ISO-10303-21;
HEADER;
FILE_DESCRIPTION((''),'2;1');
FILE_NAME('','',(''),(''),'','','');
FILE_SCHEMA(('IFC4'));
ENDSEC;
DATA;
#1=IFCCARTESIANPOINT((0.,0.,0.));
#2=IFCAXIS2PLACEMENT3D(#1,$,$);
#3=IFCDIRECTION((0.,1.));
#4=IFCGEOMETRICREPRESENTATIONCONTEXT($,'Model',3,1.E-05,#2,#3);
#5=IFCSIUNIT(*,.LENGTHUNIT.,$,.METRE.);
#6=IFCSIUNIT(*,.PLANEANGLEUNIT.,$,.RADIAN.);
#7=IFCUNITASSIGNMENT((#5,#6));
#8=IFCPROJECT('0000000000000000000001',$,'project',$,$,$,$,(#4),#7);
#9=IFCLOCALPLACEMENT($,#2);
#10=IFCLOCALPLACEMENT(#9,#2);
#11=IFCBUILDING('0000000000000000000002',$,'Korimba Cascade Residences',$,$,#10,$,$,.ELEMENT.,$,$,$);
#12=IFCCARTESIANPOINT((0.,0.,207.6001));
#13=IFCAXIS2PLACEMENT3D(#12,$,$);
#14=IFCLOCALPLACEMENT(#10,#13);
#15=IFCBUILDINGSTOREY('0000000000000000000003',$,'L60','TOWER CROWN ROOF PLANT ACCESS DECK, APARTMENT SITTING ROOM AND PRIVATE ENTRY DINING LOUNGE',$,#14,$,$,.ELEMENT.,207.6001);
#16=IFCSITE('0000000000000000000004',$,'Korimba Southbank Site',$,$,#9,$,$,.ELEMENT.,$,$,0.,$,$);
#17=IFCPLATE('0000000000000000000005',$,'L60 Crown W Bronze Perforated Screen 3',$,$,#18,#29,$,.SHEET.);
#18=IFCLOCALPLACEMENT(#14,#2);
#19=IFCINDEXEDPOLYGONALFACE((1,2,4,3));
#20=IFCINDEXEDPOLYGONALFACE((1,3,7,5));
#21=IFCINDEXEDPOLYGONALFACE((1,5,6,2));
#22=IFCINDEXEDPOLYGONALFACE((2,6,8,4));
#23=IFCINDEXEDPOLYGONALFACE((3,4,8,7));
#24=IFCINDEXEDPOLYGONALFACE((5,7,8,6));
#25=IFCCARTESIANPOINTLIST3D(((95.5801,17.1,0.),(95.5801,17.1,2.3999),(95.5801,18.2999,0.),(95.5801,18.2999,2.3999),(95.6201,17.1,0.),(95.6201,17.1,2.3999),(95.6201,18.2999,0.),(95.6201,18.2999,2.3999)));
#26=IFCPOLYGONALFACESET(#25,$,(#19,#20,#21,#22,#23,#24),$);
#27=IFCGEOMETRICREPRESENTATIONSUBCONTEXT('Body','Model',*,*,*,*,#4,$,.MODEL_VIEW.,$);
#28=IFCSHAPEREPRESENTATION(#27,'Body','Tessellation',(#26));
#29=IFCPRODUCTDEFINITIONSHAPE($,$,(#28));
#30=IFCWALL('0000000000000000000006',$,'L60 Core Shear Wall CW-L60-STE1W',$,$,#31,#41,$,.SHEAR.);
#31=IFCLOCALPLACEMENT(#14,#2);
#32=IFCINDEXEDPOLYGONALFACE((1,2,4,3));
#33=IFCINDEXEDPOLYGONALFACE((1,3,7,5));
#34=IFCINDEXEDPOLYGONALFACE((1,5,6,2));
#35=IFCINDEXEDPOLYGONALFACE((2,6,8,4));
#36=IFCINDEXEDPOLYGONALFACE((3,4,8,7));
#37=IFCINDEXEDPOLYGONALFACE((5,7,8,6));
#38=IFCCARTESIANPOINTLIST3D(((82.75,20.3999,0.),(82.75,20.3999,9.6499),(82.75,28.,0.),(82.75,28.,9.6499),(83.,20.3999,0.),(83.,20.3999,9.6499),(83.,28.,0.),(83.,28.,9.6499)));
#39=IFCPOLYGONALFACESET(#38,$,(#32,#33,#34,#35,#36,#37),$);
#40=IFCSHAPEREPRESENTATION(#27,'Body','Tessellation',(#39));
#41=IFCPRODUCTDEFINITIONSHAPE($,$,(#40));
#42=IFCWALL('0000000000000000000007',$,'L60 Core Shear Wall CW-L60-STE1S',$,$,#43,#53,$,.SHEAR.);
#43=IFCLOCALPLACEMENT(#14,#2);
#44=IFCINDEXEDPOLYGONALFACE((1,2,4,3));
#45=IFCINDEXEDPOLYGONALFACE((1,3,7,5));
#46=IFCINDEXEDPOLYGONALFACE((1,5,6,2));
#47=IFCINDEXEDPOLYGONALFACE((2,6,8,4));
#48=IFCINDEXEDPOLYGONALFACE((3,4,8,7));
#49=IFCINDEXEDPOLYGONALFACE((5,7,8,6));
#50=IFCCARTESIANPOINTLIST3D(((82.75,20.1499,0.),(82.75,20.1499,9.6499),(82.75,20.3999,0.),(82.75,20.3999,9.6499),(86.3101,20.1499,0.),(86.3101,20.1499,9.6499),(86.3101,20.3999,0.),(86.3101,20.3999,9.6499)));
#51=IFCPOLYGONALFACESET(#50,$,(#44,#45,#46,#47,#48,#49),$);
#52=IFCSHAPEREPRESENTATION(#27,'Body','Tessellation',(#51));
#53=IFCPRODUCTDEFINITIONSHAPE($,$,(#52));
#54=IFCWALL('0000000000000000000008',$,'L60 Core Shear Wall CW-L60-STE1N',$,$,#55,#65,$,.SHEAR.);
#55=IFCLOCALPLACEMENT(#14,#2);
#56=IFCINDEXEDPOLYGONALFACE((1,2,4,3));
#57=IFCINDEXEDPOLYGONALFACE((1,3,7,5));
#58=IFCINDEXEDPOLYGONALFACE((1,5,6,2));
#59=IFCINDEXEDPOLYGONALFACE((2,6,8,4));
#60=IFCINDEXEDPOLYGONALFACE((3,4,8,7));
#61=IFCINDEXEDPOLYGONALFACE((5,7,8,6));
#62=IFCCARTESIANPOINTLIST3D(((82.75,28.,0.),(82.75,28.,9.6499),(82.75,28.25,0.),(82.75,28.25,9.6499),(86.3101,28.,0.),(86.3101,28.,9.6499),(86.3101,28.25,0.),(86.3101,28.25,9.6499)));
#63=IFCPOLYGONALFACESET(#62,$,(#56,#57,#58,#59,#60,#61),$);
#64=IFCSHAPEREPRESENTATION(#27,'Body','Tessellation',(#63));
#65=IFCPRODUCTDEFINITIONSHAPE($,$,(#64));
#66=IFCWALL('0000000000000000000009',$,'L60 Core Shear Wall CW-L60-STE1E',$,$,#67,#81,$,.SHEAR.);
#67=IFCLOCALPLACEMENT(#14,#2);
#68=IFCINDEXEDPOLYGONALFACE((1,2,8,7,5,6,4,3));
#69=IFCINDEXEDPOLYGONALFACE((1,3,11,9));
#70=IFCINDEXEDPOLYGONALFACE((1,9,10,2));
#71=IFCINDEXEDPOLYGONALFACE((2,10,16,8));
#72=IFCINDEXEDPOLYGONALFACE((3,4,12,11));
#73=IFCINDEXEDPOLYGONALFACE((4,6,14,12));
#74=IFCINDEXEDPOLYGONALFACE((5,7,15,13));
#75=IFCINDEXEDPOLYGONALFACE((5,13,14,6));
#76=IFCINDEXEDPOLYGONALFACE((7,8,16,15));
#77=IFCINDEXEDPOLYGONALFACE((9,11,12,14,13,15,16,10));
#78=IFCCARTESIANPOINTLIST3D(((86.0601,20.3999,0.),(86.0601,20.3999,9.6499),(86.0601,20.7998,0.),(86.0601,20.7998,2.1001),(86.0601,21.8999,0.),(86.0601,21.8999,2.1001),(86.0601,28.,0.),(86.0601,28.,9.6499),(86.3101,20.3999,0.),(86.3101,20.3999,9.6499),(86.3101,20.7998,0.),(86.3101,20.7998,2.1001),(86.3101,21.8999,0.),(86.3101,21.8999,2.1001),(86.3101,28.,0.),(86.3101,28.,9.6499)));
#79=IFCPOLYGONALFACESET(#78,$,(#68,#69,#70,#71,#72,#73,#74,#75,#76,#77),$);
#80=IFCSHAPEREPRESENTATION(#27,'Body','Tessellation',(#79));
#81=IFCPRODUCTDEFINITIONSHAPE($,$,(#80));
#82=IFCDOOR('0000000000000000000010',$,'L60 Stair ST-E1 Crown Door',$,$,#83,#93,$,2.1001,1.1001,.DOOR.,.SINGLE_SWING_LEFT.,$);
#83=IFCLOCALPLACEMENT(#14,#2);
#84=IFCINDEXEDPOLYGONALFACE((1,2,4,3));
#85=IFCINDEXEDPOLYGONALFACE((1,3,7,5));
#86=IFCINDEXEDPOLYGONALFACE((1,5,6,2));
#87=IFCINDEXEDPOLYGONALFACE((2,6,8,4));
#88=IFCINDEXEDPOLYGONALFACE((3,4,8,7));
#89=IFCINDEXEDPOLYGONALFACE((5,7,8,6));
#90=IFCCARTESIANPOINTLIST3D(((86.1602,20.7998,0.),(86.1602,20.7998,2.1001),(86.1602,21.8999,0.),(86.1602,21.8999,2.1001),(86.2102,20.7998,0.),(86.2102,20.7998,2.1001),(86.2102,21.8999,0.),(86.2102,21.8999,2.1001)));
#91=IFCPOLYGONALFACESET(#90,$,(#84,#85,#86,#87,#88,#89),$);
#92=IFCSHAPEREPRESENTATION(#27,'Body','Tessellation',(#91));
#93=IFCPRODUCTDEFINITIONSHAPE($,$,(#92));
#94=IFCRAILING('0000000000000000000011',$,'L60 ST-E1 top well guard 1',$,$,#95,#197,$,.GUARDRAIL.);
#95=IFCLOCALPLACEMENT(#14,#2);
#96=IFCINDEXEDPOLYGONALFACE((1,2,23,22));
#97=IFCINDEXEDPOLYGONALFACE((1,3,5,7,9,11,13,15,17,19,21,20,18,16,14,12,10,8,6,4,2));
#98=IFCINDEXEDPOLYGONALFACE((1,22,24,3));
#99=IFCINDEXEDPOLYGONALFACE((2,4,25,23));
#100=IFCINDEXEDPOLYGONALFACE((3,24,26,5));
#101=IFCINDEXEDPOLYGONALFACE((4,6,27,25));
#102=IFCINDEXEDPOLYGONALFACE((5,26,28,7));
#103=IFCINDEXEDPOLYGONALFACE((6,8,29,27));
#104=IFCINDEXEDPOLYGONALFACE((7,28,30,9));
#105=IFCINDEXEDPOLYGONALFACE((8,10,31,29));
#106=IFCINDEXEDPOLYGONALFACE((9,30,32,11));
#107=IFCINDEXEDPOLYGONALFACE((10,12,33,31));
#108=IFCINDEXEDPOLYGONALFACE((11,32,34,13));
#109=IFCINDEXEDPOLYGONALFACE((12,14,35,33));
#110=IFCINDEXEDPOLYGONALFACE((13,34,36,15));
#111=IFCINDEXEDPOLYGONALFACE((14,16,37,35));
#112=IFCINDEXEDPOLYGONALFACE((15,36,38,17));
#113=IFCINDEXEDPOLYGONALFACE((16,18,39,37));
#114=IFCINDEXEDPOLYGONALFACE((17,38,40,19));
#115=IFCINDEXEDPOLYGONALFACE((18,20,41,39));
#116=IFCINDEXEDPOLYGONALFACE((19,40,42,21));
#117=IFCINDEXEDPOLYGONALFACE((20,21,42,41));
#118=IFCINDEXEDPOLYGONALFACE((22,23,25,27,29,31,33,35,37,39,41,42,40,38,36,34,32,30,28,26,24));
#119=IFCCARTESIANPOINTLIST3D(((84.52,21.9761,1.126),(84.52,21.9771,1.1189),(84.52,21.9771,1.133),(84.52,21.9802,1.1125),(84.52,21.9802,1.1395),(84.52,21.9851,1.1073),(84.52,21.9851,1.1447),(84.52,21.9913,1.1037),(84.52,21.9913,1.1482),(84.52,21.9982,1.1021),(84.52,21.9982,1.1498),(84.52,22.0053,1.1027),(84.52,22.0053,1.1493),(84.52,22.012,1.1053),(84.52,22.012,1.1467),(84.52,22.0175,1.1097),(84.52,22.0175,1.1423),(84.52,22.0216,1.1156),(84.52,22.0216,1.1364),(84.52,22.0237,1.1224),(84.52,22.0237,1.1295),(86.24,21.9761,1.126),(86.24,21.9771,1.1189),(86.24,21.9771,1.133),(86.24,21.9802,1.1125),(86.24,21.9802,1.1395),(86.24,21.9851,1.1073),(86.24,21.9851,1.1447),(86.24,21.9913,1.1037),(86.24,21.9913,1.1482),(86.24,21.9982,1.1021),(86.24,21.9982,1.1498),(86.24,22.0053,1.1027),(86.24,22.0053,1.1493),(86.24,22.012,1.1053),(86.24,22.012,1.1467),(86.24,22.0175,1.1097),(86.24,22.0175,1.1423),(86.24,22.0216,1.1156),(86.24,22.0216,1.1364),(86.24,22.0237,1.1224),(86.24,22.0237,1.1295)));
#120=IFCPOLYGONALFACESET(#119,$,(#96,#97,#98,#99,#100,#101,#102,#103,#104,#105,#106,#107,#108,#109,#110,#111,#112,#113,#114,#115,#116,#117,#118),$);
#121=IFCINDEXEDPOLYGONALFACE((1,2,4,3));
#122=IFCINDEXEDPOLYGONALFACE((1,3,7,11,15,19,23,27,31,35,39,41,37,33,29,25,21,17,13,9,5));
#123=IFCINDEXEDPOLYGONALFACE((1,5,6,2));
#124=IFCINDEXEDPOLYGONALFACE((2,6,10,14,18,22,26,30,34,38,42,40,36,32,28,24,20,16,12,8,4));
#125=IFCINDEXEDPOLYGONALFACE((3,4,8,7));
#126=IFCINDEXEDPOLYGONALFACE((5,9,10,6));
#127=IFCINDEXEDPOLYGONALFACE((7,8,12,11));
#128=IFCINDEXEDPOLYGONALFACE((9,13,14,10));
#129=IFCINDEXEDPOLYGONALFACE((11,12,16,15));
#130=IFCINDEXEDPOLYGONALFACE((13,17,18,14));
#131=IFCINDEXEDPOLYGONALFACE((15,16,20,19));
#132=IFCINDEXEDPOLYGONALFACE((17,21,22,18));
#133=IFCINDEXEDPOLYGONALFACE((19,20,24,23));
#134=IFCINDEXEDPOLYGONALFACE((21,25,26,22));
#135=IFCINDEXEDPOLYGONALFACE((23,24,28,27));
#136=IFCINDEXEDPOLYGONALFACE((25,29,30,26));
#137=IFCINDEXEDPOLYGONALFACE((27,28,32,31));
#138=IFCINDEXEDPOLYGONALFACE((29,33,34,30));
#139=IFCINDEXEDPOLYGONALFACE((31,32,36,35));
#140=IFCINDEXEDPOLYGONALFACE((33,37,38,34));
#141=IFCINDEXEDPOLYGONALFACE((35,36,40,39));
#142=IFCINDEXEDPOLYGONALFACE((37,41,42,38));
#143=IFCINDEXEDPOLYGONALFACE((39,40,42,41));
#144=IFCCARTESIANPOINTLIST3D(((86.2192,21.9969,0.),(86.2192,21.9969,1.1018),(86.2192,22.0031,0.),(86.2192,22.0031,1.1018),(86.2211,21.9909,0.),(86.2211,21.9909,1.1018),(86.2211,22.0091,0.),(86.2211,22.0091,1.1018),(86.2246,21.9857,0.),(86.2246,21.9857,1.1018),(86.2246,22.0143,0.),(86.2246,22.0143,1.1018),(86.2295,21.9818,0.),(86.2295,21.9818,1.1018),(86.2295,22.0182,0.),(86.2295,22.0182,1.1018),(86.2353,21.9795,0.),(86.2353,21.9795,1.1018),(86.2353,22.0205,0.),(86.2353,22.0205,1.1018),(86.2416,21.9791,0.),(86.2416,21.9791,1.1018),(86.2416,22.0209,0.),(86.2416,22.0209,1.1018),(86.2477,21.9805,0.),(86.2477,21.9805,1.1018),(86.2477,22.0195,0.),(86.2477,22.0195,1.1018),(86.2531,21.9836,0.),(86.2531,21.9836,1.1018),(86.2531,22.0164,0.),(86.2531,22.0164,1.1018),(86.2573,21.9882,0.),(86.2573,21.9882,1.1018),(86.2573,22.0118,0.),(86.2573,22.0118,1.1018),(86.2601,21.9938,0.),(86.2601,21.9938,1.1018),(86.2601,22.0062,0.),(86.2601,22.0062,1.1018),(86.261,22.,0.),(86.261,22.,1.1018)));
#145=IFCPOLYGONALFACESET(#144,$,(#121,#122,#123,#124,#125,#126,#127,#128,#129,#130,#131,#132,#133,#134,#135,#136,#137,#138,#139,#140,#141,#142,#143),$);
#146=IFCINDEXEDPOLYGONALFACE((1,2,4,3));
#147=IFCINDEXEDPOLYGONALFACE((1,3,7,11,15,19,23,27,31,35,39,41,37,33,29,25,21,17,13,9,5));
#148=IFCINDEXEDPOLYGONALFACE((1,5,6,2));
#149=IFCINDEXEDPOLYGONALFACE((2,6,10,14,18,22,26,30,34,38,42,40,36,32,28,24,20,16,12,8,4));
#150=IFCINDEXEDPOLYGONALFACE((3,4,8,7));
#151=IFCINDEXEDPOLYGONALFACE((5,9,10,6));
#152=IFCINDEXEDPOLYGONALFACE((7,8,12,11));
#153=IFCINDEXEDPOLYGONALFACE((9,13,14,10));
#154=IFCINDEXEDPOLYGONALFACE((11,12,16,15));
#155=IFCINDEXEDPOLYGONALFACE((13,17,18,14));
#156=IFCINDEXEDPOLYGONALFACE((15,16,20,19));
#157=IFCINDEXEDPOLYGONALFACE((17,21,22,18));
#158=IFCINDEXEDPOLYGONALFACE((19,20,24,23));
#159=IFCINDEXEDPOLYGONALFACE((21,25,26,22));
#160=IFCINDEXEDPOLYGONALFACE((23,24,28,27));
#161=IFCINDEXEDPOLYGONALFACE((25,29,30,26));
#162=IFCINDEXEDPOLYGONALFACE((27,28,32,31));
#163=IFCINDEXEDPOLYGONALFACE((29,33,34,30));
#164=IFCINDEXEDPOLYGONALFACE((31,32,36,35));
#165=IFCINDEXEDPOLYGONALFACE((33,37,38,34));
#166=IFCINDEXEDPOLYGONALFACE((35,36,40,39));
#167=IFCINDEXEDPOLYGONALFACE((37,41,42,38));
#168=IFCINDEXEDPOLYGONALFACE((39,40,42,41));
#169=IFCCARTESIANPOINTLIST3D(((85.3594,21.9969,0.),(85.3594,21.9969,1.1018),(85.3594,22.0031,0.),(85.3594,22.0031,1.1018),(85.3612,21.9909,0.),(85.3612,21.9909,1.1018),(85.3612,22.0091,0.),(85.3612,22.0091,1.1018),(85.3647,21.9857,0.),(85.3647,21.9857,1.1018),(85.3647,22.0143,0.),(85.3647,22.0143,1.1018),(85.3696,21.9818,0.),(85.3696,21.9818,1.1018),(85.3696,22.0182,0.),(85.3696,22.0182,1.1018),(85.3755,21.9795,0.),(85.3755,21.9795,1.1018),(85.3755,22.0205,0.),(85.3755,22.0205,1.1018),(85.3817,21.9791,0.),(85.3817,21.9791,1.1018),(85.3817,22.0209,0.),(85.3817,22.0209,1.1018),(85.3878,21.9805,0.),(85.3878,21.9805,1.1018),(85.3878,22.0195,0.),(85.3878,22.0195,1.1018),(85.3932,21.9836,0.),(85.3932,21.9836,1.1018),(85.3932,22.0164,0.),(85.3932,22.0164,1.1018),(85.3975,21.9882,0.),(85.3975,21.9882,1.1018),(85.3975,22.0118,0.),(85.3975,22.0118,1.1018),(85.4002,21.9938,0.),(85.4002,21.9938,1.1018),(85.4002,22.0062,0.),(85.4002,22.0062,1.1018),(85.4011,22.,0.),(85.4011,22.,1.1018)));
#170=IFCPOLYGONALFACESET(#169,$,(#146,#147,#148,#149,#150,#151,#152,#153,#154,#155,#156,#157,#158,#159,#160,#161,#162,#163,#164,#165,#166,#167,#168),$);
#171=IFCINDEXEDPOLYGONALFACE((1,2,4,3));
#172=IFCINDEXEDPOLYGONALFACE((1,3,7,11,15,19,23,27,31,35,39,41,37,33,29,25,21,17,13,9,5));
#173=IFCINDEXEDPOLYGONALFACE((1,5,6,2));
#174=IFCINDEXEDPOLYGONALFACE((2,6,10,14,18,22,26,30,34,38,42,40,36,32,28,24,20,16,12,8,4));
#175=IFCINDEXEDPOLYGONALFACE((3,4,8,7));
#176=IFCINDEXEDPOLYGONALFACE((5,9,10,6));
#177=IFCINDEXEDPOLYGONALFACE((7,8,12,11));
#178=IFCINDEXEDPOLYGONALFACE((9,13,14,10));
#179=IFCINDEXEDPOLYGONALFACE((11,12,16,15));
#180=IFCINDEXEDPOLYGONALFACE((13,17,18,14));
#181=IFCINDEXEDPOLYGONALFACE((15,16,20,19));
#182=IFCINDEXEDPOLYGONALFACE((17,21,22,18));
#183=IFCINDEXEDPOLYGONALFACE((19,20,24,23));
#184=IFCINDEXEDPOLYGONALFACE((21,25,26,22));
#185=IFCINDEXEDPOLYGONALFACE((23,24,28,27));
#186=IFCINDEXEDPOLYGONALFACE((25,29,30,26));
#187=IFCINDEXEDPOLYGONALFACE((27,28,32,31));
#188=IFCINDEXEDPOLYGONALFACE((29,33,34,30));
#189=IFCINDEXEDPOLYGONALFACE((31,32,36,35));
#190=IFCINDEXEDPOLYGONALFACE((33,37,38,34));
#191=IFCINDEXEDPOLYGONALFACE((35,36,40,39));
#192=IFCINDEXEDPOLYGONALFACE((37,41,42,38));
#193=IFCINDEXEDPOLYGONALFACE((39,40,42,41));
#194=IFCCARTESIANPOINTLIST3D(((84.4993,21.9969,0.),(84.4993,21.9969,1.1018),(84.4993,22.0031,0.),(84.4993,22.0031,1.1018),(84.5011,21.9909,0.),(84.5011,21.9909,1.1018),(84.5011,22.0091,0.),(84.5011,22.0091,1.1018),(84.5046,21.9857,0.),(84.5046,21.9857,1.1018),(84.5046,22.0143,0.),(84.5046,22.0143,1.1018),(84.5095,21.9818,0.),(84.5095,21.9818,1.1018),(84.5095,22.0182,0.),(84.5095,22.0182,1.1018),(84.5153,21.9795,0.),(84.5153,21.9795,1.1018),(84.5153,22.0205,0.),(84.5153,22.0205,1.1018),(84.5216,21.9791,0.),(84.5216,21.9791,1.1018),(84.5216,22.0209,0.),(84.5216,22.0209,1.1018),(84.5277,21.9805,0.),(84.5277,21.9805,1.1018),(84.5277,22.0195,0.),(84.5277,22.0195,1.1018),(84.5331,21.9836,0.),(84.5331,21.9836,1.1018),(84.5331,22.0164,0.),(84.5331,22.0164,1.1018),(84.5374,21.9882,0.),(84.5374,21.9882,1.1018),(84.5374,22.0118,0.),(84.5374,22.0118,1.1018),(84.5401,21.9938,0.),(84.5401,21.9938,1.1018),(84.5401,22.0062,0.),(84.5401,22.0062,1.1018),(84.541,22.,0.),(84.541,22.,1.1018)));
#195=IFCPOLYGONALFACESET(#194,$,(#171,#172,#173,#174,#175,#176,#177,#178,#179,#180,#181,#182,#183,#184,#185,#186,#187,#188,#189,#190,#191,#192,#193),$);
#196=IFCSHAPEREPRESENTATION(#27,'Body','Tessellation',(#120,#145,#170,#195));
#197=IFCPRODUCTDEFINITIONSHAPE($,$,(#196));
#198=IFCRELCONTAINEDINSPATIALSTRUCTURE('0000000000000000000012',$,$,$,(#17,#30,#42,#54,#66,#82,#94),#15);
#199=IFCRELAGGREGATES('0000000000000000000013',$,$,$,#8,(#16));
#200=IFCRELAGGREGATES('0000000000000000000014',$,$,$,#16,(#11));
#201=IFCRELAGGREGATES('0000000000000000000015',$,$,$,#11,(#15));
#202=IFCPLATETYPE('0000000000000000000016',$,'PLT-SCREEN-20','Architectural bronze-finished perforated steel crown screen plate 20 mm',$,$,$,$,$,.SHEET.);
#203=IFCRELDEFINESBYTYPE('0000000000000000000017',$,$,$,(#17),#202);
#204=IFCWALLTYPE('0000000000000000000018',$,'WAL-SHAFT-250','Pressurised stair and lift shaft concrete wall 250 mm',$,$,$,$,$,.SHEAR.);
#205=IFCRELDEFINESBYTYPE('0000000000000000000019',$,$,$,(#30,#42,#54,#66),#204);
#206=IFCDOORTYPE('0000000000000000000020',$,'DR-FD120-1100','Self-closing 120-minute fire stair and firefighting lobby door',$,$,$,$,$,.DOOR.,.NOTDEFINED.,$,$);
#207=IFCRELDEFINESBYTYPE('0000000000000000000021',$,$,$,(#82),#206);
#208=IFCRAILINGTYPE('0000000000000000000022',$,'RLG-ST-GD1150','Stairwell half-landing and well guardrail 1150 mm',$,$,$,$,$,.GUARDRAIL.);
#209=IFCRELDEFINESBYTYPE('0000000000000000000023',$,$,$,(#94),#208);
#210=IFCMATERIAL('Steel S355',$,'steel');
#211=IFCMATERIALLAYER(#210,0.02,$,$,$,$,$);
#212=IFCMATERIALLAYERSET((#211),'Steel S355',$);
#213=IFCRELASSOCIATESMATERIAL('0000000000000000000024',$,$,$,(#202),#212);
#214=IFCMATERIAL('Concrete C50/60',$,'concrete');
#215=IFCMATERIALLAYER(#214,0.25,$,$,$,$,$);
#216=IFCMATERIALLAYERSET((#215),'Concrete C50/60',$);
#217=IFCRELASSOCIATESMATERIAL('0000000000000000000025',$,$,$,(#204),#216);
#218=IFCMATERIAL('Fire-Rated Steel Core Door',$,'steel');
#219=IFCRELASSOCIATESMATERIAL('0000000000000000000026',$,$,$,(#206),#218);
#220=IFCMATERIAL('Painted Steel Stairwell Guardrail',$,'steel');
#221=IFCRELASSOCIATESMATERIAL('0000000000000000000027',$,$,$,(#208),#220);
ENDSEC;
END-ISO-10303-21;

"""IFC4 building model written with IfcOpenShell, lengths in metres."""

from ifc_helpers import new_model, si_unit, direction, frame, frame_2d, origin, origin_2d, place, context, subcontext, project, spatial, rectangle, circle, extrude, material, layer, layer_set, type_object, element, fill, save


model = new_model("IFC4")

# Units and contexts
model_context = context("Model", 3, precision=1e-05, world=origin(), true_north=direction((0.0, 1.0)))
body_context = subcontext(model_context, "Body", "Model", "MODEL_VIEW")
ifc_project = project(units=[si_unit("LENGTHUNIT", "METRE"), si_unit("PLANEANGLEUNIT", "RADIAN")], contexts=[model_context])

# Site, building, storey
site_placement = place(None, origin())
site = spatial("IfcSite", under=ifc_project, at=site_placement, Name="Korimba Southbank Site", CompositionType="ELEMENT", RefElevation=0.0)
building_placement = place(site_placement, origin())
building = spatial("IfcBuilding", under=site, at=building_placement, Name="Korimba Cascade Residences", CompositionType="ELEMENT")
storey_placement = place(building_placement, frame((0.0, 0.0, 207.6001)))
storey = spatial("IfcBuildingStorey", under=building, at=storey_placement, Name="L60", Description="TOWER CROWN ROOF PLANT ACCESS DECK, APARTMENT SITTING ROOM AND PRIVATE ENTRY DINING LOUNGE", CompositionType="ELEMENT", Elevation=207.6001)

# Shared definitions
ifc_material_1 = material(Name="Steel S355", Category="steel")

# Plate
ifc_layer_1 = layer(ifc_material_1, 0.02)
ifc_layer_set_1 = layer_set([ifc_layer_1], Name="Steel S355")
plate_type_1 = type_object("IfcPlateType", Name="PLT-SCREEN-20", Description="Architectural bronze-finished perforated steel crown screen plate 20 mm", PredefinedType="SHEET", material=ifc_layer_set_1)
plate_1_placement = place(storey_placement, frame((95.6001, 17.7, 0.0), z_axis=(0.0, 0.0, 1.0), x_axis=(1.0, 0.0, 0.0)))
element("IfcPlate", 1, at=plate_1_placement, inside=storey, type_object=plate_type_1, Name="L60 Crown W Bronze Perforated Screen 3", PredefinedType="SHEET", context=body_context, shape_type="SweptSolid", body=[
    extrude(rectangle(XDim=0.04, YDim=1.2, at=origin_2d()), origin(), (0.0, 0.0, 1.0), 2.3999),
])

# Walls
ifc_material_2 = material(Name="Concrete C50/60", Category="concrete")
ifc_layer_2 = layer(ifc_material_2, 0.25)
ifc_layer_set_2 = layer_set([ifc_layer_2], Name="Concrete C50/60")
wall_type = type_object("IfcWallType", Name="WAL-SHAFT-250", Description="Pressurised stair and lift shaft concrete wall 250 mm", PredefinedType="SHEAR", material=ifc_layer_set_2)
wall_1_placement = place(storey_placement, frame((82.875, 20.3999, 0.0), z_axis=(0.0, 0.0, 1.0), x_axis=(0.0, 1.0, 0.0)))
element("IfcWall", 2, at=wall_1_placement, inside=storey, type_object=wall_type, Name="L60 Core Shear Wall CW-L60-STE1W", PredefinedType="SHEAR", context=body_context, shape_type="SweptSolid", body=[
    extrude(rectangle(XDim=7.6001, YDim=0.25, at=frame_2d((3.8, 0.0))), origin(), (0.0, 0.0, 1.0), 9.6499),
])
for number, where, z_axis, x_axis, name in (
    (3, (82.75, 20.2749, 0.0), (0.0, 0.0, 1.0), (1.0, 0.0, 0.0), "L60 Core Shear Wall CW-L60-STE1S"),
    (4, (82.75, 28.125, 0.0), (0.0, 0.0, 1.0), (1.0, 0.0, 0.0), "L60 Core Shear Wall CW-L60-STE1N"),
):
    element("IfcWall", number, at=place(storey_placement, frame(where, z_axis=z_axis, x_axis=x_axis)), inside=storey, type_object=wall_type, Name=name, PredefinedType="SHEAR", context=body_context, shape_type="SweptSolid", body=[
        extrude(rectangle(XDim=3.5601, YDim=0.25, at=frame_2d((1.78, 0.0))), origin(), (0.0, 0.0, 1.0), 9.6499),
    ])

# Wall, opening, door
wall_2_placement = place(storey_placement, frame((86.1851, 20.3999, 0.0), z_axis=(0.0, 0.0, 1.0), x_axis=(0.0, 1.0, 0.0)))
wall_2 = element("IfcWall", 5, at=wall_2_placement, inside=storey, type_object=wall_type, Name="L60 Core Shear Wall CW-L60-STE1E", PredefinedType="SHEAR", context=body_context, shape_type="SweptSolid", body=[
    extrude(rectangle(XDim=7.6001, YDim=0.25, at=frame_2d((3.8, 0.0))), origin(), (0.0, 0.0, 1.0), 9.6499),
])
opening_placement = place(wall_2_placement, frame((0.3999, 0.0, 0.0)))
opening = element("IfcOpeningElement", 6, at=opening_placement, cuts=wall_2, PredefinedType="OPENING", context=body_context, shape_type="SweptSolid", body=[
    extrude(rectangle(XDim=1.1001, YDim=2.1001, at=frame_2d((0.55, 1.05))), frame((0.0, 0.135, 0.0), z_axis=(0.0, -1.0, 0.0), x_axis=(1.0, 0.0, 0.0)), (0.0, 0.0, 1.0), 0.27),
])
ifc_material_3 = material(Name="Fire-Rated Steel Core Door", Category="steel")
door_type = type_object("IfcDoorType", Name="DR-FD120-1100", Description="Self-closing 120-minute fire stair and firefighting lobby door", OperationType="NOTDEFINED", PredefinedType="DOOR", material=ifc_material_3)
door_placement = place(opening_placement, origin())
door = element("IfcDoor", 7, at=door_placement, inside=storey, type_object=door_type, Name="L60 Stair ST-E1 Crown Door", OperationType="SINGLE_SWING_LEFT", OverallHeight=2.1001, OverallWidth=1.1001, PredefinedType="DOOR", context=body_context, shape_type="SweptSolid", body=[
    extrude(rectangle(XDim=1.1001, YDim=2.1001, at=frame_2d((0.55, 1.05))), frame((0.0, 0.0249, 0.0), z_axis=(0.0, -1.0, 0.0), x_axis=(1.0, 0.0, 0.0)), (0.0, 0.0, 1.0), 0.05),
])
fill(opening, door)

# Railing
ifc_material_4 = material(Name="Painted Steel Stairwell Guardrail", Category="steel")
railing_type = type_object("IfcRailingType", Name="RLG-ST-GD1150", Description="Stairwell half-landing and well guardrail 1150 mm", PredefinedType="GUARDRAIL", material=ifc_material_4)
railing_placement = place(storey_placement, frame((86.24, 22.0, 0.0)))
element("IfcRailing", 8, at=railing_placement, inside=storey, type_object=railing_type, Name="L60 ST-E1 top well guard 1", PredefinedType="GUARDRAIL", context=body_context, shape_type="SweptSolid", body=[
    extrude(circle(Radius=0.0239, at=origin_2d()), frame((0.0, 0.0, 1.126), z_axis=(-1.0, 0.0, 0.0), x_axis=(0.0, -1.0, 0.0)), (0.0, 0.0, 1.0), 1.72),
    extrude(circle(Radius=0.021, at=origin_2d()), origin(), (0.0, 0.0, 1.0), 1.1018),
    extrude(circle(Radius=0.021, at=origin_2d()), frame((-0.8599, 0.0, 0.0)), (0.0, 0.0, 1.0), 1.1018),
    extrude(circle(Radius=0.021, at=origin_2d()), frame((-1.72, 0.0, 0.0)), (0.0, 0.0, 1.0), 1.1018),
])

save(model, "model.ifc")
